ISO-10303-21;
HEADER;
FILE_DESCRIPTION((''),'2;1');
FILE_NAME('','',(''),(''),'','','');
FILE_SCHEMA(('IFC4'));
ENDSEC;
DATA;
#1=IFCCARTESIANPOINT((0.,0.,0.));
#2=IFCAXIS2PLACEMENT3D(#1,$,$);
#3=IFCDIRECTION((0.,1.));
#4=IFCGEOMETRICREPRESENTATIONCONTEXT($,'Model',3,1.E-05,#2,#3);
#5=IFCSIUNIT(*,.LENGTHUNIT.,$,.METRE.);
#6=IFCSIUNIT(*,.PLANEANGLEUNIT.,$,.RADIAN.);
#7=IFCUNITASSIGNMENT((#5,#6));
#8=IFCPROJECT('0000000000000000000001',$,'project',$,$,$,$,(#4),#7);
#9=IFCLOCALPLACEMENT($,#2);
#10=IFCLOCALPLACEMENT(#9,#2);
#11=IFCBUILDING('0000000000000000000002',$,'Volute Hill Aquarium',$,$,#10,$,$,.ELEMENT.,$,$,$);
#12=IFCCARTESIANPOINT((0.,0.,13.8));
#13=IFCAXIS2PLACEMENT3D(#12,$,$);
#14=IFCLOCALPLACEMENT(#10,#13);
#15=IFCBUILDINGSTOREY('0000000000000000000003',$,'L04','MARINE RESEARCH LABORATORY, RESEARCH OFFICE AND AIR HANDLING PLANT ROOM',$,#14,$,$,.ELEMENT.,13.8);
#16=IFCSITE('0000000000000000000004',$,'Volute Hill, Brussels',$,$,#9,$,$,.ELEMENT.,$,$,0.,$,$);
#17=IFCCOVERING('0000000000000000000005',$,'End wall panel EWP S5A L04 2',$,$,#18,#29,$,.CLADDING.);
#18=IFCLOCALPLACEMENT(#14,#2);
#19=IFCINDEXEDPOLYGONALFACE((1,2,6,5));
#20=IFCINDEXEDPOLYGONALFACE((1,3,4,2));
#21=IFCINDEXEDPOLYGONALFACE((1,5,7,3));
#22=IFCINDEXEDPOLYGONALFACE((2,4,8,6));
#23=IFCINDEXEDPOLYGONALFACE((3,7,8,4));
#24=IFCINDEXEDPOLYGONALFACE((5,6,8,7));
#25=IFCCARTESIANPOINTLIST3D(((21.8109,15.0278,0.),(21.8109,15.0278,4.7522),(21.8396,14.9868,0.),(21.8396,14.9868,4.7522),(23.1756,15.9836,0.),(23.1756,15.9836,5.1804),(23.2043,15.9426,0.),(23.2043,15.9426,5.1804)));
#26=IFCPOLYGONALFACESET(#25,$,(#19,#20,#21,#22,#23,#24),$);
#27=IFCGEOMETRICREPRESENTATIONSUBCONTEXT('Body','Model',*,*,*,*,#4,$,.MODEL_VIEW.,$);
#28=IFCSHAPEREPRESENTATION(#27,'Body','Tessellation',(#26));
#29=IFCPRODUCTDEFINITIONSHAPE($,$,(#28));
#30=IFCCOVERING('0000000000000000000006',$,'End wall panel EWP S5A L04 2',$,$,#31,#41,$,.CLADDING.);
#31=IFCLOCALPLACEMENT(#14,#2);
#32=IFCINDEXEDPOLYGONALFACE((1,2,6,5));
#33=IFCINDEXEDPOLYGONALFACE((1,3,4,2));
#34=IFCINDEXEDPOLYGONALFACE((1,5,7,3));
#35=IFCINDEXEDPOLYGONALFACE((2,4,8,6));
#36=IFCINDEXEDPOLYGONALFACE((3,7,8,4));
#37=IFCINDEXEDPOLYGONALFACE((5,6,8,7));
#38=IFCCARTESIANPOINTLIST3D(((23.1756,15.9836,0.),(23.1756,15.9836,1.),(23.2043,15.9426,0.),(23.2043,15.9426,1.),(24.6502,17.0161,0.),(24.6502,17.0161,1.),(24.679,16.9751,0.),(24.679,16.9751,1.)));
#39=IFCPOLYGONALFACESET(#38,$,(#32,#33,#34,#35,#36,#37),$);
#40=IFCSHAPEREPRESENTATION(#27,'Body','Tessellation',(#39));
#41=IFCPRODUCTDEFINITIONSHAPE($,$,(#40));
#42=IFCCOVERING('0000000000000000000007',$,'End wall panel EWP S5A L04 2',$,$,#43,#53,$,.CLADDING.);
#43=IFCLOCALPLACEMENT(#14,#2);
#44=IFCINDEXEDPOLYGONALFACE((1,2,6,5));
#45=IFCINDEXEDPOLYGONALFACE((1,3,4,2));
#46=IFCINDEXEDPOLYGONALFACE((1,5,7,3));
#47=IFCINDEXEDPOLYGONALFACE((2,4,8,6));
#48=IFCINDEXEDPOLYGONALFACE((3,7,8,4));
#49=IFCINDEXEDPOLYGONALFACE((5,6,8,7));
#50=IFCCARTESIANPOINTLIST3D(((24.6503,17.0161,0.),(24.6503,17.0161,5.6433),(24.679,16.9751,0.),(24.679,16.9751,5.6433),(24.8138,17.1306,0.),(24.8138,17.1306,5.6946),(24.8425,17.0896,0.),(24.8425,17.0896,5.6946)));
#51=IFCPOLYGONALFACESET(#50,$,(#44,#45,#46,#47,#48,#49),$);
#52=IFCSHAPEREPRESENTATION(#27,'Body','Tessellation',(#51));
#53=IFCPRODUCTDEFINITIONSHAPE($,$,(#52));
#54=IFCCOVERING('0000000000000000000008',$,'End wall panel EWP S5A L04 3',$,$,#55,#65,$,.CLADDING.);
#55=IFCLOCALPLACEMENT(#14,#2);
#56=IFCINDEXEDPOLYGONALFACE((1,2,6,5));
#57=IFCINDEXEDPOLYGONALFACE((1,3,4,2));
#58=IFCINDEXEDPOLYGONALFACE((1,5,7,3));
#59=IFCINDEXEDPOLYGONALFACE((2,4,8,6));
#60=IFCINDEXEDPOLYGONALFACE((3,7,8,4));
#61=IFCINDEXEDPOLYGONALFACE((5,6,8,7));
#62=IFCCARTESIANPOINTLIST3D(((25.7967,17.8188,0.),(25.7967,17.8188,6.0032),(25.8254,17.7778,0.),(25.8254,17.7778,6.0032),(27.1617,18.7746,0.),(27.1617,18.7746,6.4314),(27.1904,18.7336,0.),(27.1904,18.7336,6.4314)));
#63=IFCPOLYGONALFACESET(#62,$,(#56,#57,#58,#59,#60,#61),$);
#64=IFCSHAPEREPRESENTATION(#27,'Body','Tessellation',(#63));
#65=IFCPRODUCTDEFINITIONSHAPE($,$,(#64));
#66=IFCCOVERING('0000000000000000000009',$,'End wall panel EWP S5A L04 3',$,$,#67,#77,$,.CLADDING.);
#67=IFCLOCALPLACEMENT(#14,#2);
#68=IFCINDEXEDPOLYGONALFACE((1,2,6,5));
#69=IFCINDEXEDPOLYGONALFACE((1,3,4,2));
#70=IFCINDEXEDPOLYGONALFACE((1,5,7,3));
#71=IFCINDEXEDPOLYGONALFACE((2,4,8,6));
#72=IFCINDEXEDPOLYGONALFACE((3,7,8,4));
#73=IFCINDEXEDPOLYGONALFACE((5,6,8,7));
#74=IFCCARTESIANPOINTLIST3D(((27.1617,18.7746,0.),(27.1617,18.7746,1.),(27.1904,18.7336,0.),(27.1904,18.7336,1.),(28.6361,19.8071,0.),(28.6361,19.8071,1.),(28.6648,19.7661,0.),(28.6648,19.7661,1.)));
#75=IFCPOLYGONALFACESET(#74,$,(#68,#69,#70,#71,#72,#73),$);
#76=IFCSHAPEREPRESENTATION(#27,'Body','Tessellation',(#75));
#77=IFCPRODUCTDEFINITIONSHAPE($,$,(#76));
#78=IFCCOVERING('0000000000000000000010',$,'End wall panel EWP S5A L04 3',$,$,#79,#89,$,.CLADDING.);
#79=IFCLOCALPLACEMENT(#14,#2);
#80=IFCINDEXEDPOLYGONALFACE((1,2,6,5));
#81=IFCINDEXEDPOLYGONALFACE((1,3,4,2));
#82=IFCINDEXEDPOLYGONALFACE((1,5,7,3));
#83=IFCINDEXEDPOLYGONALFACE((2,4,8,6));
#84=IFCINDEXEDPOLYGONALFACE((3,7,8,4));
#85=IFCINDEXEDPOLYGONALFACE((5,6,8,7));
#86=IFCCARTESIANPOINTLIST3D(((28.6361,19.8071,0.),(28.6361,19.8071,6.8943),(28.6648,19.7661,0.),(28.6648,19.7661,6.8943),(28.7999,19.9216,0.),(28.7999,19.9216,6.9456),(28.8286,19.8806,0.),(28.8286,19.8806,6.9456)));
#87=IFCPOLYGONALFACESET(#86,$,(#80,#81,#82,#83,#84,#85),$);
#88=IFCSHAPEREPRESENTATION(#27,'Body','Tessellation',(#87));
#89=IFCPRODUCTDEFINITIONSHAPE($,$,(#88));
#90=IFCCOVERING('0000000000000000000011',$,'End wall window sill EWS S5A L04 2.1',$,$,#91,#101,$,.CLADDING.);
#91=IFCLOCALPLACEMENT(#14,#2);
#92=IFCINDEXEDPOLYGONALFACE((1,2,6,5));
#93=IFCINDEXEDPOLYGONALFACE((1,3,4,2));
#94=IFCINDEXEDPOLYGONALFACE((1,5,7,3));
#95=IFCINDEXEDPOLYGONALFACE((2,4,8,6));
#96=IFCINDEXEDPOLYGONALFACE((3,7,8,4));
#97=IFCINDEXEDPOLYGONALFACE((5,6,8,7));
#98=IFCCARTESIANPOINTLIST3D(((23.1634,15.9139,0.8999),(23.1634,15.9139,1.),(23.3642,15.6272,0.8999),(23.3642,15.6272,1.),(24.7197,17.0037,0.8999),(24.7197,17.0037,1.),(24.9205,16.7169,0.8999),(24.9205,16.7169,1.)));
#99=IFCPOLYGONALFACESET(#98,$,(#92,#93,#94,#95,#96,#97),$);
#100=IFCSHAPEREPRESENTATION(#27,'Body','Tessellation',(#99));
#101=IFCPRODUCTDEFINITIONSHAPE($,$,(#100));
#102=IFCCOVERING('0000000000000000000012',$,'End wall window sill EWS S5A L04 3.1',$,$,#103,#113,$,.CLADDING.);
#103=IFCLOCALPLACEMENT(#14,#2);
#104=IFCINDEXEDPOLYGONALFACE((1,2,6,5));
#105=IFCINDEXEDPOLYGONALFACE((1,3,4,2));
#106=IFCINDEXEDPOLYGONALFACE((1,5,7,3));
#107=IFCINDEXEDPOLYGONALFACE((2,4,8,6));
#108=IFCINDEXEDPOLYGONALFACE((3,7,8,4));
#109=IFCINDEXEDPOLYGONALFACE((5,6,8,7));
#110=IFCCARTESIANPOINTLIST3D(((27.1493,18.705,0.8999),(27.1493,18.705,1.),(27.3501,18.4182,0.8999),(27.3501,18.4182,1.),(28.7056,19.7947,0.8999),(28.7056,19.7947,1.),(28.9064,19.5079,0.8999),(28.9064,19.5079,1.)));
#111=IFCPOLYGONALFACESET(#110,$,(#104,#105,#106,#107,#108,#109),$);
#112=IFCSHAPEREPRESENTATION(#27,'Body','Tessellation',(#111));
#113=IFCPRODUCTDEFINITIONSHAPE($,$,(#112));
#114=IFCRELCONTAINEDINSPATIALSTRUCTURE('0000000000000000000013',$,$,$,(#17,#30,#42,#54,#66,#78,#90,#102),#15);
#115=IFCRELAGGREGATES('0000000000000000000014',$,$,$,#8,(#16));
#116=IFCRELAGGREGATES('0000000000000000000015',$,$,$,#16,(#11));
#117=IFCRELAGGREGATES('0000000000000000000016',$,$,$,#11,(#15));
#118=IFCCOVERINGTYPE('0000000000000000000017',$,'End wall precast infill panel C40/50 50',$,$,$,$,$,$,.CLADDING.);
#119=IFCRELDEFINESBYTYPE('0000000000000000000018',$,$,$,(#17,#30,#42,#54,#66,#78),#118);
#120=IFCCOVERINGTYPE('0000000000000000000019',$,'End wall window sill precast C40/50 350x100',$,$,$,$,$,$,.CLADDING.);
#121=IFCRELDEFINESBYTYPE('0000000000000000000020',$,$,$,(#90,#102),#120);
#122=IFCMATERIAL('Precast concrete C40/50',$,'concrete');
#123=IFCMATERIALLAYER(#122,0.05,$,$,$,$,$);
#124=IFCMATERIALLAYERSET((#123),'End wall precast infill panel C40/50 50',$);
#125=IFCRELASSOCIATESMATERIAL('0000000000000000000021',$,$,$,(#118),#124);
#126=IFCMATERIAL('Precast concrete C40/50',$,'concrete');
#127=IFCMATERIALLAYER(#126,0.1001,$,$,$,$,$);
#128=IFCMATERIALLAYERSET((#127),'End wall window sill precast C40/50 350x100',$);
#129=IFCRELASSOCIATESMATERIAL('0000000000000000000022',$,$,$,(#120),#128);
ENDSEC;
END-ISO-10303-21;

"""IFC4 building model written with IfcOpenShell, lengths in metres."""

from ifc_helpers import new_model, si_unit, direction, frame, origin, origin_2d, place, context, subcontext, project, spatial, polyline, rectangle, outline, extrude, material, layer, layer_set, type_object, element, save


model = new_model("IFC4")

# Units and contexts
model_context = context("Model", 3, precision=1e-05, world=origin(), true_north=direction((0.0, 1.0)))
body_context = subcontext(model_context, "Body", "Model", "MODEL_VIEW")
ifc_project = project(units=[si_unit("LENGTHUNIT", "METRE"), si_unit("PLANEANGLEUNIT", "RADIAN")], contexts=[model_context])

# Site, building, storey
site_placement = place(None, origin())
site = spatial("IfcSite", under=ifc_project, at=site_placement, Name="Volute Hill, Brussels", CompositionType="ELEMENT", RefElevation=0.0)
building_placement = place(site_placement, origin())
building = spatial("IfcBuilding", under=site, at=building_placement, Name="Volute Hill Aquarium", CompositionType="ELEMENT")
storey_placement = place(building_placement, frame((0.0, 0.0, 13.8)))
storey = spatial("IfcBuildingStorey", under=building, at=storey_placement, Name="L04", Description="MARINE RESEARCH LABORATORY, RESEARCH OFFICE AND AIR HANDLING PLANT ROOM", CompositionType="ELEMENT", Elevation=13.8)

# Coverings
ifc_material_1 = material(Name="Precast concrete C40/50", Category="concrete")
ifc_layer_1 = layer(ifc_material_1, 0.05)
ifc_layer_set_1 = layer_set([ifc_layer_1], Name="End wall precast infill panel C40/50 50")
covering_type_1 = type_object("IfcCoveringType", Name="End wall precast infill panel C40/50 50", PredefinedType="CLADDING", material=ifc_layer_set_1)
covering_1_placement = place(storey_placement, frame((21.8396, 14.9868, 0.0), z_axis=(0.573659, -0.819094, 0.0), x_axis=(0.819094, 0.573659, 0.0)))
element("IfcCovering", 1, at=covering_1_placement, inside=storey, type_object=covering_type_1, Name="End wall panel EWP S5A L04 2", PredefinedType="CLADDING", context=body_context, shape_type="SweptSolid", body=[
    extrude(outline(polyline([(0.0, 0.0), (1.6662, 0.0), (1.6662, 5.1804), (0.0, 4.7522), (0.0, 0.0)])), origin(), (0.0, 0.0, -1.0), 0.05),
])
covering_2_placement = place(storey_placement, frame((23.2043, 15.9426, 0.0), z_axis=(0.573553, -0.819168, 0.0), x_axis=(0.819168, 0.573553, 0.0)))
element("IfcCovering", 2, at=covering_2_placement, inside=storey, type_object=covering_type_1, Name="End wall panel EWP S5A L04 2", PredefinedType="CLADDING", context=body_context, shape_type="SweptSolid", body=[
    extrude(outline(polyline([(0.0, 0.0), (1.8001, 0.0), (1.8001, 1.0), (0.0, 1.0), (0.0, 0.0)])), origin(), (0.0, 0.0, -1.0), 0.05),
])
covering_3_placement = place(storey_placement, frame((24.679, 16.9751, 0.0), z_axis=(0.573462, -0.819232, 0.0), x_axis=(0.819232, 0.573462, 0.0)))
element("IfcCovering", 3, at=covering_3_placement, inside=storey, type_object=covering_type_1, Name="End wall panel EWP S5A L04 2", PredefinedType="CLADDING", context=body_context, shape_type="SweptSolid", body=[
    extrude(outline(polyline([(0.0, 0.0), (0.1997, 0.0), (0.1997, 5.6946), (0.0, 5.6433), (0.0, 0.0)])), origin(), (0.0, 0.0, -1.0), 0.05),
])
covering_4_placement = place(storey_placement, frame((25.8254, 17.7778, 0.0), z_axis=(0.57359, -0.819142, 0.0), x_axis=(0.819142, 0.57359, 0.0)))
element("IfcCovering", 4, at=covering_4_placement, inside=storey, type_object=covering_type_1, Name="End wall panel EWP S5A L04 3", PredefinedType="CLADDING", context=body_context, shape_type="SweptSolid", body=[
    extrude(outline(polyline([(0.0, 0.0), (1.6664, 0.0), (1.6664, 6.4314), (0.0, 6.0032), (0.0, 0.0)])), origin(), (0.0, 0.0, -1.0), 0.05),
])
covering_5_placement = place(storey_placement, frame((27.1904, 18.7336, 0.0), z_axis=(0.573617, -0.819124, 0.0), x_axis=(0.819124, 0.573617, 0.0)))
element("IfcCovering", 5, at=covering_5_placement, inside=storey, type_object=covering_type_1, Name="End wall panel EWP S5A L04 3", PredefinedType="CLADDING", context=body_context, shape_type="SweptSolid", body=[
    extrude(outline(polyline([(0.0, 0.0), (1.7999, 0.0), (1.7999, 1.0), (0.0, 1.0), (0.0, 0.0)])), origin(), (0.0, 0.0, -1.0), 0.05),
])
covering_6_placement = place(storey_placement, frame((28.6648, 19.7661, 0.0), z_axis=(0.572888, -0.819633, 0.0), x_axis=(0.819633, 0.572888, 0.0)))
element("IfcCovering", 6, at=covering_6_placement, inside=storey, type_object=covering_type_1, Name="End wall panel EWP S5A L04 3", PredefinedType="CLADDING", context=body_context, shape_type="SweptSolid", body=[
    extrude(outline(polyline([(0.0, 0.0), (0.1999, 0.0), (0.1999, 6.9456), (0.0, 6.8943), (0.0, 0.0)])), origin(), (0.0, 0.0, -1.0), 0.05),
])
ifc_material_2 = material(Name="Precast concrete C40/50", Category="concrete")
ifc_layer_2 = layer(ifc_material_2, 0.1001)
ifc_layer_set_2 = layer_set([ifc_layer_2], Name="End wall window sill precast C40/50 350x100")
covering_type_2 = type_object("IfcCoveringType", Name="End wall window sill precast C40/50 350x100", PredefinedType="CLADDING", material=ifc_layer_set_2)
for number, where, z_axis, x_axis, name in (
    (7, (24.042, 16.3154, 0.8999), (0.0, 0.0, 1.0), (0.81915, 0.573579, 0.0), "End wall window sill EWS S5A L04 2.1"),
    (8, (28.0278, 19.1064, 0.8999), (0.0, 0.0, 1.0), (0.81915, 0.573579, 0.0), "End wall window sill EWS S5A L04 3.1"),
):
    element("IfcCovering", number, at=place(storey_placement, frame(where, z_axis=z_axis, x_axis=x_axis)), inside=storey, type_object=covering_type_2, Name=name, PredefinedType="CLADDING", context=body_context, shape_type="SweptSolid", body=[
        extrude(rectangle(XDim=1.8999, YDim=0.3501, at=origin_2d()), origin(), (0.0, 0.0, 1.0), 0.1001),
    ])

save(model, "model.ifc")
